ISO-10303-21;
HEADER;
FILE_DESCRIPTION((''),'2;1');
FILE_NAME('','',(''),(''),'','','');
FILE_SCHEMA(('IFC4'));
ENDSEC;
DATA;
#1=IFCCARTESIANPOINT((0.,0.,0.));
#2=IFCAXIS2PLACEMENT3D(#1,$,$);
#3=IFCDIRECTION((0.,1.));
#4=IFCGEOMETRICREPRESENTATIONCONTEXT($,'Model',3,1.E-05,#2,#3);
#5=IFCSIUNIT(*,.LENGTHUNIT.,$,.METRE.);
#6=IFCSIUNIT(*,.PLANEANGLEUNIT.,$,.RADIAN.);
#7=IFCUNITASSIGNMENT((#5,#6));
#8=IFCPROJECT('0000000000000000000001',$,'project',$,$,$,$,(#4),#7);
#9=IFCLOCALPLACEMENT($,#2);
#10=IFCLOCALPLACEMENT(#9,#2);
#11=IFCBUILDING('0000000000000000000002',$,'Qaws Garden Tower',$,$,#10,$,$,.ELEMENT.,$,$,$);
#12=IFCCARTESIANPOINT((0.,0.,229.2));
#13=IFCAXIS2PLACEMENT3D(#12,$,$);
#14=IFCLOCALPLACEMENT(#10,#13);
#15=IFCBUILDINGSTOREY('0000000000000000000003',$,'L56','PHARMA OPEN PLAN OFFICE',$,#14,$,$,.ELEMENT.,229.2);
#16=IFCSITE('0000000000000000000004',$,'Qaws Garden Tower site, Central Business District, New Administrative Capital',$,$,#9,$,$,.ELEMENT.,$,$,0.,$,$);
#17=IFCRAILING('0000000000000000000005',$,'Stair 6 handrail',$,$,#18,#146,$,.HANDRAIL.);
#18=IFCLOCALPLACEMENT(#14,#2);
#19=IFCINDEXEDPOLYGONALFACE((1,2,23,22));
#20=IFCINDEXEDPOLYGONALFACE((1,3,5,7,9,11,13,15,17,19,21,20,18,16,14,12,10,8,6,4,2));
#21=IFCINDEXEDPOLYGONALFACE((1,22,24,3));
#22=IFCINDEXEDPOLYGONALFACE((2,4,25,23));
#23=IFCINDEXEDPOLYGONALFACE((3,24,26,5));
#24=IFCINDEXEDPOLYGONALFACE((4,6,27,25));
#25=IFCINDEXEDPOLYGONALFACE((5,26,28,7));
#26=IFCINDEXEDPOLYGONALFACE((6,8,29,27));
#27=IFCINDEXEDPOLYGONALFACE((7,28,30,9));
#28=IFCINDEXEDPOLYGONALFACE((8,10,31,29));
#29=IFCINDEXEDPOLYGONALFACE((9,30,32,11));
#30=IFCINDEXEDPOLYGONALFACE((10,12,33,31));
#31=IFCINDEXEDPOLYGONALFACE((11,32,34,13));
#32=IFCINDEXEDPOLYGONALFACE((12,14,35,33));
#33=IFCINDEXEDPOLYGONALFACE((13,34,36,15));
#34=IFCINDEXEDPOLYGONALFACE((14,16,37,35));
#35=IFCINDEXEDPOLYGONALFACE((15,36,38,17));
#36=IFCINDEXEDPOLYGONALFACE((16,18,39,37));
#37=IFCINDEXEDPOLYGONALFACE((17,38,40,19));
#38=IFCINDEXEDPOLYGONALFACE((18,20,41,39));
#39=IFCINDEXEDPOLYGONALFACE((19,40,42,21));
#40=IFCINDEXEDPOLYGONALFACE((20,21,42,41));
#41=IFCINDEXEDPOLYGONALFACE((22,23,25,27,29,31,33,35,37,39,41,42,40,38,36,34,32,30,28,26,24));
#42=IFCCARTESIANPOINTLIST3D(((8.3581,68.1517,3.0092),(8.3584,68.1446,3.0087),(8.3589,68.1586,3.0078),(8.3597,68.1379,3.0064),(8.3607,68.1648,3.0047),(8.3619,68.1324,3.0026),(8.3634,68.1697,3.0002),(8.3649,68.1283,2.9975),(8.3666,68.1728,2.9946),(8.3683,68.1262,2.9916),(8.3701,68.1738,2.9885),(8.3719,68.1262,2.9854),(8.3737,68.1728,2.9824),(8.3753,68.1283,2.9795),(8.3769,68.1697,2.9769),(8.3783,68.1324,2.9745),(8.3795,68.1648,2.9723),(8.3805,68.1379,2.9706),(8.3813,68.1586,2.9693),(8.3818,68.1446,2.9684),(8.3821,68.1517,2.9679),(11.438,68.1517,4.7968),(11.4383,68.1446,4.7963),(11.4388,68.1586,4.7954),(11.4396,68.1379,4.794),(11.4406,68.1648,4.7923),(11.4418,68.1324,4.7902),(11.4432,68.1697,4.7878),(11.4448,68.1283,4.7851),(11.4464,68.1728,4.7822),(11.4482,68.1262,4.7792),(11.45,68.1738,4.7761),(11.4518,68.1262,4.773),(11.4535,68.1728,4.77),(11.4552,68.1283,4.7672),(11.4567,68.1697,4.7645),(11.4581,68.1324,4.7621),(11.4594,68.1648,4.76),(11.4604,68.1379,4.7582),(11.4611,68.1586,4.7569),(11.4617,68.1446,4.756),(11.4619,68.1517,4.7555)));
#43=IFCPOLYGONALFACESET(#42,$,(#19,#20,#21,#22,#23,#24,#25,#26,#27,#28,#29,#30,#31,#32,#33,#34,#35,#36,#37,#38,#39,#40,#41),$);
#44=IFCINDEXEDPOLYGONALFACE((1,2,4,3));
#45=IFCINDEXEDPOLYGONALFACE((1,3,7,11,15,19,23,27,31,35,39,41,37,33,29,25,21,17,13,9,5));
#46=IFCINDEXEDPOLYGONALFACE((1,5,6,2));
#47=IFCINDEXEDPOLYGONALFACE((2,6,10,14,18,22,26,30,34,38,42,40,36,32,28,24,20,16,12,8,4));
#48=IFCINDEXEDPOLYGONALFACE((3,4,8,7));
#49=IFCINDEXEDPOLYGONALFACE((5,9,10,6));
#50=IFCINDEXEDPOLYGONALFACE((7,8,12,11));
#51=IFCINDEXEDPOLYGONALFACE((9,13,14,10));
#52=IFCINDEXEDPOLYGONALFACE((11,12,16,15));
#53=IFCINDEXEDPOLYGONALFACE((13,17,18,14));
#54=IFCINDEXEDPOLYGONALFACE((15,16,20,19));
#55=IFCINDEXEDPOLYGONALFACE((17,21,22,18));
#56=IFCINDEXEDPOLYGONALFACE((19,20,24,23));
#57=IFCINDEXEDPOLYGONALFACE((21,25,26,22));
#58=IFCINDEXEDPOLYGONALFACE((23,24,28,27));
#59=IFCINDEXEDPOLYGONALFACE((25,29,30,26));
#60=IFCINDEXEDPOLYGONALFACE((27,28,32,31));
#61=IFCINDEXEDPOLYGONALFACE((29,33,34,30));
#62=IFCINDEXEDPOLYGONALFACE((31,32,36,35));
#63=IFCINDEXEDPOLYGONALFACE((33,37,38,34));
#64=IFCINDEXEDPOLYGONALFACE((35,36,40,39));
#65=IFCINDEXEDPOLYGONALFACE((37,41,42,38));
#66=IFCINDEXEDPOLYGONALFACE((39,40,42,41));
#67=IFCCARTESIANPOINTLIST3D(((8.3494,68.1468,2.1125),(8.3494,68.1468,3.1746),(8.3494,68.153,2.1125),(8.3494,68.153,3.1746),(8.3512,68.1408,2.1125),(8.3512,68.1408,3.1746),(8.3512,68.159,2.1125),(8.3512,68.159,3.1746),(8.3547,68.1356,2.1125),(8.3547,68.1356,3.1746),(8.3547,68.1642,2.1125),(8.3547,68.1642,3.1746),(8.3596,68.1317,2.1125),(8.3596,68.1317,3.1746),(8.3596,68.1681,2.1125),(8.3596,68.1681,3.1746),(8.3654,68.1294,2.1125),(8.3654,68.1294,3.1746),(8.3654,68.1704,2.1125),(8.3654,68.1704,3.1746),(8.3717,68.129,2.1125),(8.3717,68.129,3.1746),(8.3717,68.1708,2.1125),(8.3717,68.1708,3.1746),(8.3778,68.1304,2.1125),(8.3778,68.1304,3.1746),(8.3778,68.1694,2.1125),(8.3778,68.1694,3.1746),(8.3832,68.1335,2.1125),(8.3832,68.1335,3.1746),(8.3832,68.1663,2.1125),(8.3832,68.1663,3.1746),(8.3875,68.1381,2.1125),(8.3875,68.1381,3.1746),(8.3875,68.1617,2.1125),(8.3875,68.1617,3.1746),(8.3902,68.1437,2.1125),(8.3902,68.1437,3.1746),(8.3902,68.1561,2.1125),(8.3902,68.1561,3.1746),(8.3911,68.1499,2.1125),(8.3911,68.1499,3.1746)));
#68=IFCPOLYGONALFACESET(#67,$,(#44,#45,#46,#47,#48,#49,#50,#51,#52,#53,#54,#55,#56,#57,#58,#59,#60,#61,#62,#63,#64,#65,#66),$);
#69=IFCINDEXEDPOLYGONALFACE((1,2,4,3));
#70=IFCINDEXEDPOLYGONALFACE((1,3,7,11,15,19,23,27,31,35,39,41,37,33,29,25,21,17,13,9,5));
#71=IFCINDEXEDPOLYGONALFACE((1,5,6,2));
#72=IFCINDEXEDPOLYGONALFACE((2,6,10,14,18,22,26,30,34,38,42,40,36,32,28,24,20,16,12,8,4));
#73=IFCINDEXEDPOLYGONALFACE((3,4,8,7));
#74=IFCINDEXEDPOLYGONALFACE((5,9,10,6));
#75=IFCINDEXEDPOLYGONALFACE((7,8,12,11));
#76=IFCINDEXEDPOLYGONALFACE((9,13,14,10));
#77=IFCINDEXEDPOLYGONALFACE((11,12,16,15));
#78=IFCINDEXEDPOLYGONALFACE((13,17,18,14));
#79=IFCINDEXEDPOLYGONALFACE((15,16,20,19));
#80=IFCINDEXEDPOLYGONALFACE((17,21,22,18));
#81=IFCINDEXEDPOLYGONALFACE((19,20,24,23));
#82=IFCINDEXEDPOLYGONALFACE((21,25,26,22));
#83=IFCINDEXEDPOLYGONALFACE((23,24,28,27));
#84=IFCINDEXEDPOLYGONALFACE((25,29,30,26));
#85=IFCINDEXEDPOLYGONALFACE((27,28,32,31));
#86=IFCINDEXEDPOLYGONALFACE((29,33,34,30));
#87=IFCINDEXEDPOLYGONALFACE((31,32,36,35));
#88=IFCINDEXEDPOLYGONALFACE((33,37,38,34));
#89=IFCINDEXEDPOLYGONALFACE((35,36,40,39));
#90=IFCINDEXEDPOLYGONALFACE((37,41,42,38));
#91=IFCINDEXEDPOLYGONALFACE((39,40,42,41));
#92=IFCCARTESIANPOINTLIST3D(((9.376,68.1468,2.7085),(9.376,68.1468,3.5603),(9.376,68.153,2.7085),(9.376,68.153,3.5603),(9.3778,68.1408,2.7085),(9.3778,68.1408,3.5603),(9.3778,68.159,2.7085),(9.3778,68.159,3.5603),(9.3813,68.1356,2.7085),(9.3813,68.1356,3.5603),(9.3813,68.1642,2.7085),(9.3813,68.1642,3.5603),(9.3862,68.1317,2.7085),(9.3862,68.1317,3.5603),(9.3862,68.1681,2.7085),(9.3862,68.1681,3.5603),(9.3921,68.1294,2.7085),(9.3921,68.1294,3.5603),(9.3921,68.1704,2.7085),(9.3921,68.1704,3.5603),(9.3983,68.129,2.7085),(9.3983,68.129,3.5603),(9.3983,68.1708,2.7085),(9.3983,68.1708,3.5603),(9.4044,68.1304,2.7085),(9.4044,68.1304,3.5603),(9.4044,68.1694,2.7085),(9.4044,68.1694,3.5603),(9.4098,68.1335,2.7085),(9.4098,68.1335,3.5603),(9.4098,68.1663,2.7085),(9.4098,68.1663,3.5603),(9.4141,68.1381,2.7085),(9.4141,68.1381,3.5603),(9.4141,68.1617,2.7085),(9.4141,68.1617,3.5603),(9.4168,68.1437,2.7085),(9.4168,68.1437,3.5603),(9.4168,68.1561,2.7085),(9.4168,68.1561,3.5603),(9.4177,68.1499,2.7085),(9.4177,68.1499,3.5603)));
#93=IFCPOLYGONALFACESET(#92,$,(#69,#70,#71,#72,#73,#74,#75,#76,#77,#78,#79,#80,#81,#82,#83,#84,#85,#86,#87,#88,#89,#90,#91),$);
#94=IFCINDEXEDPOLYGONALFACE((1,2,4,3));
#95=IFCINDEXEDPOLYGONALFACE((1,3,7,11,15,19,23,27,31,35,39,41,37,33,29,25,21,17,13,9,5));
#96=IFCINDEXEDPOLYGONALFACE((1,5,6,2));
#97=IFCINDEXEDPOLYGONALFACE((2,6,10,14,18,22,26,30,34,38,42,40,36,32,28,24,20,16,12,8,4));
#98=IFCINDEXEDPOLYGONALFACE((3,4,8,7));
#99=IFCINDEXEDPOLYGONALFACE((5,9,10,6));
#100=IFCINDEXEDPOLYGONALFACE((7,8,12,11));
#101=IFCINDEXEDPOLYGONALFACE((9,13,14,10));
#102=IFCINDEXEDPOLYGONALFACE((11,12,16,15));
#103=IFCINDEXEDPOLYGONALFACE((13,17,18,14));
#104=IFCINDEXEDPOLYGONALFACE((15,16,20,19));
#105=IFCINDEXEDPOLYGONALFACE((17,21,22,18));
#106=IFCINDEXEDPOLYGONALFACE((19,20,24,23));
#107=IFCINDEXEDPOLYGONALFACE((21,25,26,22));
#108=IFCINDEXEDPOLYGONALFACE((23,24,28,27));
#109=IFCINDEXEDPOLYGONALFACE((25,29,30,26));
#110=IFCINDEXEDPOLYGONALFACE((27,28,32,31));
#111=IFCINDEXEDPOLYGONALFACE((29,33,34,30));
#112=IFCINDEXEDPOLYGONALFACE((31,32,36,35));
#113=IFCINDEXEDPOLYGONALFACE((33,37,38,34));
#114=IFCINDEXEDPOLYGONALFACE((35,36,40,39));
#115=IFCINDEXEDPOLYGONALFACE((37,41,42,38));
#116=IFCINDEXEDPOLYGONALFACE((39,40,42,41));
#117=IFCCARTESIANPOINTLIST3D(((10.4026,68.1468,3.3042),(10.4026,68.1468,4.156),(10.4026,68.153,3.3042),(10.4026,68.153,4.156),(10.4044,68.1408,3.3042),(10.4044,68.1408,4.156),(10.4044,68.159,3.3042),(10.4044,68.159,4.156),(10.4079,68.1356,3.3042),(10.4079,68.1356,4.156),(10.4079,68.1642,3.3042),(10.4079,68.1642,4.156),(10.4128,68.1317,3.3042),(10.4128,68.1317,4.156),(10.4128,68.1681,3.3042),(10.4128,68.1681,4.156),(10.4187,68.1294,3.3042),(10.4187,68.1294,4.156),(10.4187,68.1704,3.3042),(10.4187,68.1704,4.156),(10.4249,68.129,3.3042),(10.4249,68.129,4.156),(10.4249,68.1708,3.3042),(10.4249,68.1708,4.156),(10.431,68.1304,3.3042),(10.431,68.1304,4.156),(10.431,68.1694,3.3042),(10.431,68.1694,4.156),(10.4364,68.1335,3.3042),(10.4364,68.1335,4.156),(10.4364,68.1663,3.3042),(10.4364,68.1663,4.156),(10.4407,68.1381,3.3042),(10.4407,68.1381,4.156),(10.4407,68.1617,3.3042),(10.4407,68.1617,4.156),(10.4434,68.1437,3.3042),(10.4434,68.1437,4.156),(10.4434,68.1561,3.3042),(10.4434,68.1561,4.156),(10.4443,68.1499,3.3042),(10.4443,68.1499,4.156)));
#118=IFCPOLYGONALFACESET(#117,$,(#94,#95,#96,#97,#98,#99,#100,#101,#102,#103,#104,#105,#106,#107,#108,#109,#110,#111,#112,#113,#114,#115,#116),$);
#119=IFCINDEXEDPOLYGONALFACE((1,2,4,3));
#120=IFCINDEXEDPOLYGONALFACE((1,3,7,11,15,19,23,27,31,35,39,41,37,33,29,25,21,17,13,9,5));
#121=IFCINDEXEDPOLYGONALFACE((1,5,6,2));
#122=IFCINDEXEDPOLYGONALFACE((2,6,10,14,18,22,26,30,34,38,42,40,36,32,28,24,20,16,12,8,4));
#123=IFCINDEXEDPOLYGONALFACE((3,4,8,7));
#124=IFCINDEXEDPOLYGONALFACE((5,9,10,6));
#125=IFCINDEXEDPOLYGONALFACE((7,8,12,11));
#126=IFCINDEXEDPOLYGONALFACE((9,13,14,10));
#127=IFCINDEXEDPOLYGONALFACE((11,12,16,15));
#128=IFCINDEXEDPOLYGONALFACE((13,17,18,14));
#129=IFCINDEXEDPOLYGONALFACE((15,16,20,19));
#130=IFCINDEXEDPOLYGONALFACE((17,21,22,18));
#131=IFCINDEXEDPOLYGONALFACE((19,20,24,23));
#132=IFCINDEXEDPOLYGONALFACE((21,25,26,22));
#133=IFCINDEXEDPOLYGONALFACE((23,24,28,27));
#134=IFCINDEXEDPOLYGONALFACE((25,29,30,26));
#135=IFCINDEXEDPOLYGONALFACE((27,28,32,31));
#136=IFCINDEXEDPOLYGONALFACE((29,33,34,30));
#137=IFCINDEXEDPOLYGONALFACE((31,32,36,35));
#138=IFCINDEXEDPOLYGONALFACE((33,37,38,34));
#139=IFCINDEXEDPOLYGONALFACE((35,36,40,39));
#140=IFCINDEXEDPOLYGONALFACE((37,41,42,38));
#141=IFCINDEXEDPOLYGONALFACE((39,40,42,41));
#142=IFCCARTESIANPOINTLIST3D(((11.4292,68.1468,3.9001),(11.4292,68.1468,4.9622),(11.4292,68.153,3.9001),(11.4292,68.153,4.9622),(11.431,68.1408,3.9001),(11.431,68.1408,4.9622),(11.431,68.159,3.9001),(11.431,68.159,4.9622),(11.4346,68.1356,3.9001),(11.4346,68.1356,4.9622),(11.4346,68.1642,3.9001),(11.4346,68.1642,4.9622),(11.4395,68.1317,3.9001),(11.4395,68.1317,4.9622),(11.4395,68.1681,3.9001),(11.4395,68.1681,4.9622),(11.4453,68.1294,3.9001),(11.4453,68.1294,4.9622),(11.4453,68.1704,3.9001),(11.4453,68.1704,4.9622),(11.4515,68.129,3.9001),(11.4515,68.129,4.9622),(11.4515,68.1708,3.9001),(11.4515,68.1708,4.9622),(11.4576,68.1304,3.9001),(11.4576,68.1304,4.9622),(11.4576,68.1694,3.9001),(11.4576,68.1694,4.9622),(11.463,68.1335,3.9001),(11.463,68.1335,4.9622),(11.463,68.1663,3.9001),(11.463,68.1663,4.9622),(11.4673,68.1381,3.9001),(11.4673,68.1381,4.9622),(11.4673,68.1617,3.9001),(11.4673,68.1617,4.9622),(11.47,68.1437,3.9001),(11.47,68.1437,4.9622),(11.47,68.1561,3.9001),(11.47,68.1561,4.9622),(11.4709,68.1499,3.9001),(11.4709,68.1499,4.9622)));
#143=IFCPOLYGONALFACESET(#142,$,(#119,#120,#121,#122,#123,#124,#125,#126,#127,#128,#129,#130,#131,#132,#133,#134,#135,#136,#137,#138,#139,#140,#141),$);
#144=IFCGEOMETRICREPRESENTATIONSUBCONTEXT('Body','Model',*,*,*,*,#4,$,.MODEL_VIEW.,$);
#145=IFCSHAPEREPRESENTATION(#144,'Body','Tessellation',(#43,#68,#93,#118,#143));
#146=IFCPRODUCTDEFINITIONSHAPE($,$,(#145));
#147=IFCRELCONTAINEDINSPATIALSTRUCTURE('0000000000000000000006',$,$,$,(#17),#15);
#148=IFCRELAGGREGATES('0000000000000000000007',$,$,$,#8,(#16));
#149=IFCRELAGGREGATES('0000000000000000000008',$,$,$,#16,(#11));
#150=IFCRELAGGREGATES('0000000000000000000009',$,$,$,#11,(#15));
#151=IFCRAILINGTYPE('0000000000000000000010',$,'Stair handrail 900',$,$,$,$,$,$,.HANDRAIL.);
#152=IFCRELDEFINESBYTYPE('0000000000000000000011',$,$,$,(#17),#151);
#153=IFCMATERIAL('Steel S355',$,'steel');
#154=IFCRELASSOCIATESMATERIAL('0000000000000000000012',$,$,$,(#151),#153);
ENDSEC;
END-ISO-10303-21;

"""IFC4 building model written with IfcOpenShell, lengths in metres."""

from ifc_helpers import new_model, si_unit, direction, frame, origin, origin_2d, place, context, subcontext, project, spatial, circle, extrude, material, type_object, element, save


model = new_model("IFC4")

# Units and contexts
model_context = context("Model", 3, precision=1e-05, world=origin(), true_north=direction((0.0, 1.0)))
body_context = subcontext(model_context, "Body", "Model", "MODEL_VIEW")
ifc_project = project(units=[si_unit("LENGTHUNIT", "METRE"), si_unit("PLANEANGLEUNIT", "RADIAN")], contexts=[model_context])

# Site, building, storey
site_placement = place(None, origin())
site = spatial("IfcSite", under=ifc_project, at=site_placement, Name="Qaws Garden Tower site, Central Business District, New Administrative Capital", CompositionType="ELEMENT", RefElevation=0.0)
building_placement = place(site_placement, origin())
building = spatial("IfcBuilding", under=site, at=building_placement, Name="Qaws Garden Tower", CompositionType="ELEMENT")
storey_placement = place(building_placement, frame((0.0, 0.0, 229.2)))
storey = spatial("IfcBuildingStorey", under=building, at=storey_placement, Name="L56", Description="PHARMA OPEN PLAN OFFICE", CompositionType="ELEMENT", Elevation=229.2)

# Railing
ifc_material_1 = material(Name="Steel S355", Category="steel")
railing_type = type_object("IfcRailingType", Name="Stair handrail 900", PredefinedType="HANDRAIL", material=ifc_material_1)
railing_1_placement = place(storey_placement, frame((8.3701, 68.1499, 2.1125)))
element("IfcRailing", 1, at=railing_1_placement, inside=storey, type_object=railing_type, Name="Stair 6 handrail", PredefinedType="HANDRAIL", context=body_context, shape_type="SweptSolid", body=[
    extrude(circle(Radius=0.0239, at=origin_2d()), frame((0.0, 0.0, 0.876), z_axis=(0.864873, 0.0, 0.50199), x_axis=(0.0, 1.0, 0.0)), (0.0, 0.0, 1.0), 3.561),
    extrude(circle(Radius=0.021, at=origin_2d()), origin(), (0.0, 0.0, 1.0), 1.062),
    extrude(circle(Radius=0.021, at=origin_2d()), frame((1.0266, 0.0, 0.5959)), (0.0, 0.0, 1.0), 0.8518),
    extrude(circle(Radius=0.021, at=origin_2d()), frame((2.0532, 0.0, 1.1917)), (0.0, 0.0, 1.0), 0.8518),
    extrude(circle(Radius=0.021, at=origin_2d()), frame((3.0798, 0.0, 1.7876)), (0.0, 0.0, 1.0), 1.062),
])

save(model, "model.ifc")
